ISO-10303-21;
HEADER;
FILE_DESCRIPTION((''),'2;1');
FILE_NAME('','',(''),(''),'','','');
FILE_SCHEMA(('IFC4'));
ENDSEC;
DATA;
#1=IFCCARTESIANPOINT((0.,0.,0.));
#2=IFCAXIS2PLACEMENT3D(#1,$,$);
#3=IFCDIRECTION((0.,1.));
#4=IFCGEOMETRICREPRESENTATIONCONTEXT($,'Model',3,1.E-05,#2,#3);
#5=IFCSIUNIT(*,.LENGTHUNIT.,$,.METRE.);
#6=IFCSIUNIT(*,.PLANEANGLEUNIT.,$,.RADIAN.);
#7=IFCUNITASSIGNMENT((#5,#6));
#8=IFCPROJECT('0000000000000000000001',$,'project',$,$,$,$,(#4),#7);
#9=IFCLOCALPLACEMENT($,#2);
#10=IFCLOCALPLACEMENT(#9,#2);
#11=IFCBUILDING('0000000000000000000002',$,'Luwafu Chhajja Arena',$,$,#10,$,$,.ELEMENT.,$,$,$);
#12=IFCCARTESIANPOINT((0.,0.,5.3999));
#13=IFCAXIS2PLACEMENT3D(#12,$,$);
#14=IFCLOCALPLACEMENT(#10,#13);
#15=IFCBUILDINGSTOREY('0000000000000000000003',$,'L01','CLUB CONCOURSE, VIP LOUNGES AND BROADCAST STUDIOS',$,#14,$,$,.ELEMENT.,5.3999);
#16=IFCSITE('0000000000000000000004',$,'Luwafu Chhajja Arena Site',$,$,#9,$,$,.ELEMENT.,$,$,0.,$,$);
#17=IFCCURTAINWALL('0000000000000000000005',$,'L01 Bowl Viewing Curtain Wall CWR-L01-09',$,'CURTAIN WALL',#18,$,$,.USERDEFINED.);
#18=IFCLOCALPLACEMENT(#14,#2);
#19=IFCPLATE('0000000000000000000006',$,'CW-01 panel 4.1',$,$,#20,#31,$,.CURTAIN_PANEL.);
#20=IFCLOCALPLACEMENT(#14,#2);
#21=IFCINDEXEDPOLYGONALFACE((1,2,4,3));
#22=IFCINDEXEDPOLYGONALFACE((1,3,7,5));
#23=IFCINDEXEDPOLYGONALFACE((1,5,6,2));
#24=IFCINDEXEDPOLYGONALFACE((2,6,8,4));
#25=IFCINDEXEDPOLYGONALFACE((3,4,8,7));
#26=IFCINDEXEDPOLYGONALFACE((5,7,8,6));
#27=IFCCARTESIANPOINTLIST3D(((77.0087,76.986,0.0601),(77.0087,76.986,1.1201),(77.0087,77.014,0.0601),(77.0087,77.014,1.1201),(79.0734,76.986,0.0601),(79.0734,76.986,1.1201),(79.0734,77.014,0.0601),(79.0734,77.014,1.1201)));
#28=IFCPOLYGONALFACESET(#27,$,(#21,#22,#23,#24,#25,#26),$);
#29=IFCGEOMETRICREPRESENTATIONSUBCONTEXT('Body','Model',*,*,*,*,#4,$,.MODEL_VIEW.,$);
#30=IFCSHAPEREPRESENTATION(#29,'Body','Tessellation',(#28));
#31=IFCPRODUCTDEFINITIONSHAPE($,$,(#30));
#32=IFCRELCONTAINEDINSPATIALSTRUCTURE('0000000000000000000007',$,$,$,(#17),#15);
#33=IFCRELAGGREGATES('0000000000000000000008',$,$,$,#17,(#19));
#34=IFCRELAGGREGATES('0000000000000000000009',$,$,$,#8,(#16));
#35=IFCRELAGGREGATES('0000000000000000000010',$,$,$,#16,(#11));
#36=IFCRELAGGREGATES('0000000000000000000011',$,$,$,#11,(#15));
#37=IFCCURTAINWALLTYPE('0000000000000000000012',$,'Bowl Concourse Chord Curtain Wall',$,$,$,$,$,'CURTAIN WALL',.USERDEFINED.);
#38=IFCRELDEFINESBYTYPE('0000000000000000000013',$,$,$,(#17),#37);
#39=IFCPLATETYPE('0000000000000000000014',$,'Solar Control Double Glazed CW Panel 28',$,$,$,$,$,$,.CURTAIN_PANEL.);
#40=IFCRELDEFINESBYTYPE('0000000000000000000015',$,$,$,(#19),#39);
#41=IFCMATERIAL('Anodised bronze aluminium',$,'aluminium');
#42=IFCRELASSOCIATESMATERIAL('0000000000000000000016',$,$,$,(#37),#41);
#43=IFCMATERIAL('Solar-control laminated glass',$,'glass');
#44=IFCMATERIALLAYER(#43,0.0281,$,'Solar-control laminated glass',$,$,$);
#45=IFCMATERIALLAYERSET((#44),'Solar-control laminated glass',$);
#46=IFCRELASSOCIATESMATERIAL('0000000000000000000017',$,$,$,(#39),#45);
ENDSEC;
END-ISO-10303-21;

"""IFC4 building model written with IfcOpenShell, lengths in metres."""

from ifc_helpers import new_model, si_unit, direction, frame, origin, origin_2d, place, context, subcontext, project, spatial, rectangle, extrude, material, layer, layer_set, type_object, element, aggregate, save


model = new_model("IFC4")

# Units and contexts
model_context = context("Model", 3, precision=1e-05, world=origin(), true_north=direction((0.0, 1.0)))
body_context = subcontext(model_context, "Body", "Model", "MODEL_VIEW")
ifc_project = project(units=[si_unit("LENGTHUNIT", "METRE"), si_unit("PLANEANGLEUNIT", "RADIAN")], contexts=[model_context])

# Site, building, storey
site_placement = place(None, origin())
site = spatial("IfcSite", under=ifc_project, at=site_placement, Name="Luwafu Chhajja Arena Site", CompositionType="ELEMENT", RefElevation=0.0)
building_placement = place(site_placement, origin())
building = spatial("IfcBuilding", under=site, at=building_placement, Name="Luwafu Chhajja Arena", CompositionType="ELEMENT")
storey_placement = place(building_placement, frame((0.0, 0.0, 5.3999)))
storey = spatial("IfcBuildingStorey", under=building, at=storey_placement, Name="L01", Description="CLUB CONCOURSE, VIP LOUNGES AND BROADCAST STUDIOS", CompositionType="ELEMENT", Elevation=5.3999)

# Curtain wall
ifc_material_1 = material(Name="Anodised bronze aluminium", Category="aluminium")
curtain_wall_type = type_object("IfcCurtainWallType", Name="Bowl Concourse Chord Curtain Wall", ElementType="CURTAIN WALL", PredefinedType="USERDEFINED", material=ifc_material_1)
curtain_wall_placement = place(storey_placement, origin())
curtain_wall = element("IfcCurtainWall", 1, at=curtain_wall_placement, inside=storey, type_object=curtain_wall_type, Name="L01 Bowl Viewing Curtain Wall CWR-L01-09", ObjectType="CURTAIN WALL", PredefinedType="USERDEFINED")

# Plate
ifc_material_2 = material(Name="Solar-control laminated glass", Category="glass")
ifc_layer_1 = layer(ifc_material_2, 0.0281, Name="Solar-control laminated glass")
ifc_layer_set_1 = layer_set([ifc_layer_1], Name="Solar-control laminated glass")
plate_type_1 = type_object("IfcPlateType", Name="Solar Control Double Glazed CW Panel 28", PredefinedType="CURTAIN_PANEL", material=ifc_layer_set_1)
plate_1_placement = place(storey_placement, frame((78.041, 77.0, 0.0601), z_axis=(0.0, 0.0, 1.0), x_axis=(1.0, 0.0, 0.0)))
plate_1 = element("IfcPlate", 2, at=plate_1_placement, type_object=plate_type_1, Name="CW-01 panel 4.1", PredefinedType="CURTAIN_PANEL", context=body_context, shape_type="SweptSolid", body=[
    extrude(rectangle(XDim=2.0647, YDim=0.0281, at=origin_2d()), origin(), (0.0, 0.0, 1.0), 1.0601),
])
aggregate(curtain_wall, [plate_1])

save(model, "model.ifc")
